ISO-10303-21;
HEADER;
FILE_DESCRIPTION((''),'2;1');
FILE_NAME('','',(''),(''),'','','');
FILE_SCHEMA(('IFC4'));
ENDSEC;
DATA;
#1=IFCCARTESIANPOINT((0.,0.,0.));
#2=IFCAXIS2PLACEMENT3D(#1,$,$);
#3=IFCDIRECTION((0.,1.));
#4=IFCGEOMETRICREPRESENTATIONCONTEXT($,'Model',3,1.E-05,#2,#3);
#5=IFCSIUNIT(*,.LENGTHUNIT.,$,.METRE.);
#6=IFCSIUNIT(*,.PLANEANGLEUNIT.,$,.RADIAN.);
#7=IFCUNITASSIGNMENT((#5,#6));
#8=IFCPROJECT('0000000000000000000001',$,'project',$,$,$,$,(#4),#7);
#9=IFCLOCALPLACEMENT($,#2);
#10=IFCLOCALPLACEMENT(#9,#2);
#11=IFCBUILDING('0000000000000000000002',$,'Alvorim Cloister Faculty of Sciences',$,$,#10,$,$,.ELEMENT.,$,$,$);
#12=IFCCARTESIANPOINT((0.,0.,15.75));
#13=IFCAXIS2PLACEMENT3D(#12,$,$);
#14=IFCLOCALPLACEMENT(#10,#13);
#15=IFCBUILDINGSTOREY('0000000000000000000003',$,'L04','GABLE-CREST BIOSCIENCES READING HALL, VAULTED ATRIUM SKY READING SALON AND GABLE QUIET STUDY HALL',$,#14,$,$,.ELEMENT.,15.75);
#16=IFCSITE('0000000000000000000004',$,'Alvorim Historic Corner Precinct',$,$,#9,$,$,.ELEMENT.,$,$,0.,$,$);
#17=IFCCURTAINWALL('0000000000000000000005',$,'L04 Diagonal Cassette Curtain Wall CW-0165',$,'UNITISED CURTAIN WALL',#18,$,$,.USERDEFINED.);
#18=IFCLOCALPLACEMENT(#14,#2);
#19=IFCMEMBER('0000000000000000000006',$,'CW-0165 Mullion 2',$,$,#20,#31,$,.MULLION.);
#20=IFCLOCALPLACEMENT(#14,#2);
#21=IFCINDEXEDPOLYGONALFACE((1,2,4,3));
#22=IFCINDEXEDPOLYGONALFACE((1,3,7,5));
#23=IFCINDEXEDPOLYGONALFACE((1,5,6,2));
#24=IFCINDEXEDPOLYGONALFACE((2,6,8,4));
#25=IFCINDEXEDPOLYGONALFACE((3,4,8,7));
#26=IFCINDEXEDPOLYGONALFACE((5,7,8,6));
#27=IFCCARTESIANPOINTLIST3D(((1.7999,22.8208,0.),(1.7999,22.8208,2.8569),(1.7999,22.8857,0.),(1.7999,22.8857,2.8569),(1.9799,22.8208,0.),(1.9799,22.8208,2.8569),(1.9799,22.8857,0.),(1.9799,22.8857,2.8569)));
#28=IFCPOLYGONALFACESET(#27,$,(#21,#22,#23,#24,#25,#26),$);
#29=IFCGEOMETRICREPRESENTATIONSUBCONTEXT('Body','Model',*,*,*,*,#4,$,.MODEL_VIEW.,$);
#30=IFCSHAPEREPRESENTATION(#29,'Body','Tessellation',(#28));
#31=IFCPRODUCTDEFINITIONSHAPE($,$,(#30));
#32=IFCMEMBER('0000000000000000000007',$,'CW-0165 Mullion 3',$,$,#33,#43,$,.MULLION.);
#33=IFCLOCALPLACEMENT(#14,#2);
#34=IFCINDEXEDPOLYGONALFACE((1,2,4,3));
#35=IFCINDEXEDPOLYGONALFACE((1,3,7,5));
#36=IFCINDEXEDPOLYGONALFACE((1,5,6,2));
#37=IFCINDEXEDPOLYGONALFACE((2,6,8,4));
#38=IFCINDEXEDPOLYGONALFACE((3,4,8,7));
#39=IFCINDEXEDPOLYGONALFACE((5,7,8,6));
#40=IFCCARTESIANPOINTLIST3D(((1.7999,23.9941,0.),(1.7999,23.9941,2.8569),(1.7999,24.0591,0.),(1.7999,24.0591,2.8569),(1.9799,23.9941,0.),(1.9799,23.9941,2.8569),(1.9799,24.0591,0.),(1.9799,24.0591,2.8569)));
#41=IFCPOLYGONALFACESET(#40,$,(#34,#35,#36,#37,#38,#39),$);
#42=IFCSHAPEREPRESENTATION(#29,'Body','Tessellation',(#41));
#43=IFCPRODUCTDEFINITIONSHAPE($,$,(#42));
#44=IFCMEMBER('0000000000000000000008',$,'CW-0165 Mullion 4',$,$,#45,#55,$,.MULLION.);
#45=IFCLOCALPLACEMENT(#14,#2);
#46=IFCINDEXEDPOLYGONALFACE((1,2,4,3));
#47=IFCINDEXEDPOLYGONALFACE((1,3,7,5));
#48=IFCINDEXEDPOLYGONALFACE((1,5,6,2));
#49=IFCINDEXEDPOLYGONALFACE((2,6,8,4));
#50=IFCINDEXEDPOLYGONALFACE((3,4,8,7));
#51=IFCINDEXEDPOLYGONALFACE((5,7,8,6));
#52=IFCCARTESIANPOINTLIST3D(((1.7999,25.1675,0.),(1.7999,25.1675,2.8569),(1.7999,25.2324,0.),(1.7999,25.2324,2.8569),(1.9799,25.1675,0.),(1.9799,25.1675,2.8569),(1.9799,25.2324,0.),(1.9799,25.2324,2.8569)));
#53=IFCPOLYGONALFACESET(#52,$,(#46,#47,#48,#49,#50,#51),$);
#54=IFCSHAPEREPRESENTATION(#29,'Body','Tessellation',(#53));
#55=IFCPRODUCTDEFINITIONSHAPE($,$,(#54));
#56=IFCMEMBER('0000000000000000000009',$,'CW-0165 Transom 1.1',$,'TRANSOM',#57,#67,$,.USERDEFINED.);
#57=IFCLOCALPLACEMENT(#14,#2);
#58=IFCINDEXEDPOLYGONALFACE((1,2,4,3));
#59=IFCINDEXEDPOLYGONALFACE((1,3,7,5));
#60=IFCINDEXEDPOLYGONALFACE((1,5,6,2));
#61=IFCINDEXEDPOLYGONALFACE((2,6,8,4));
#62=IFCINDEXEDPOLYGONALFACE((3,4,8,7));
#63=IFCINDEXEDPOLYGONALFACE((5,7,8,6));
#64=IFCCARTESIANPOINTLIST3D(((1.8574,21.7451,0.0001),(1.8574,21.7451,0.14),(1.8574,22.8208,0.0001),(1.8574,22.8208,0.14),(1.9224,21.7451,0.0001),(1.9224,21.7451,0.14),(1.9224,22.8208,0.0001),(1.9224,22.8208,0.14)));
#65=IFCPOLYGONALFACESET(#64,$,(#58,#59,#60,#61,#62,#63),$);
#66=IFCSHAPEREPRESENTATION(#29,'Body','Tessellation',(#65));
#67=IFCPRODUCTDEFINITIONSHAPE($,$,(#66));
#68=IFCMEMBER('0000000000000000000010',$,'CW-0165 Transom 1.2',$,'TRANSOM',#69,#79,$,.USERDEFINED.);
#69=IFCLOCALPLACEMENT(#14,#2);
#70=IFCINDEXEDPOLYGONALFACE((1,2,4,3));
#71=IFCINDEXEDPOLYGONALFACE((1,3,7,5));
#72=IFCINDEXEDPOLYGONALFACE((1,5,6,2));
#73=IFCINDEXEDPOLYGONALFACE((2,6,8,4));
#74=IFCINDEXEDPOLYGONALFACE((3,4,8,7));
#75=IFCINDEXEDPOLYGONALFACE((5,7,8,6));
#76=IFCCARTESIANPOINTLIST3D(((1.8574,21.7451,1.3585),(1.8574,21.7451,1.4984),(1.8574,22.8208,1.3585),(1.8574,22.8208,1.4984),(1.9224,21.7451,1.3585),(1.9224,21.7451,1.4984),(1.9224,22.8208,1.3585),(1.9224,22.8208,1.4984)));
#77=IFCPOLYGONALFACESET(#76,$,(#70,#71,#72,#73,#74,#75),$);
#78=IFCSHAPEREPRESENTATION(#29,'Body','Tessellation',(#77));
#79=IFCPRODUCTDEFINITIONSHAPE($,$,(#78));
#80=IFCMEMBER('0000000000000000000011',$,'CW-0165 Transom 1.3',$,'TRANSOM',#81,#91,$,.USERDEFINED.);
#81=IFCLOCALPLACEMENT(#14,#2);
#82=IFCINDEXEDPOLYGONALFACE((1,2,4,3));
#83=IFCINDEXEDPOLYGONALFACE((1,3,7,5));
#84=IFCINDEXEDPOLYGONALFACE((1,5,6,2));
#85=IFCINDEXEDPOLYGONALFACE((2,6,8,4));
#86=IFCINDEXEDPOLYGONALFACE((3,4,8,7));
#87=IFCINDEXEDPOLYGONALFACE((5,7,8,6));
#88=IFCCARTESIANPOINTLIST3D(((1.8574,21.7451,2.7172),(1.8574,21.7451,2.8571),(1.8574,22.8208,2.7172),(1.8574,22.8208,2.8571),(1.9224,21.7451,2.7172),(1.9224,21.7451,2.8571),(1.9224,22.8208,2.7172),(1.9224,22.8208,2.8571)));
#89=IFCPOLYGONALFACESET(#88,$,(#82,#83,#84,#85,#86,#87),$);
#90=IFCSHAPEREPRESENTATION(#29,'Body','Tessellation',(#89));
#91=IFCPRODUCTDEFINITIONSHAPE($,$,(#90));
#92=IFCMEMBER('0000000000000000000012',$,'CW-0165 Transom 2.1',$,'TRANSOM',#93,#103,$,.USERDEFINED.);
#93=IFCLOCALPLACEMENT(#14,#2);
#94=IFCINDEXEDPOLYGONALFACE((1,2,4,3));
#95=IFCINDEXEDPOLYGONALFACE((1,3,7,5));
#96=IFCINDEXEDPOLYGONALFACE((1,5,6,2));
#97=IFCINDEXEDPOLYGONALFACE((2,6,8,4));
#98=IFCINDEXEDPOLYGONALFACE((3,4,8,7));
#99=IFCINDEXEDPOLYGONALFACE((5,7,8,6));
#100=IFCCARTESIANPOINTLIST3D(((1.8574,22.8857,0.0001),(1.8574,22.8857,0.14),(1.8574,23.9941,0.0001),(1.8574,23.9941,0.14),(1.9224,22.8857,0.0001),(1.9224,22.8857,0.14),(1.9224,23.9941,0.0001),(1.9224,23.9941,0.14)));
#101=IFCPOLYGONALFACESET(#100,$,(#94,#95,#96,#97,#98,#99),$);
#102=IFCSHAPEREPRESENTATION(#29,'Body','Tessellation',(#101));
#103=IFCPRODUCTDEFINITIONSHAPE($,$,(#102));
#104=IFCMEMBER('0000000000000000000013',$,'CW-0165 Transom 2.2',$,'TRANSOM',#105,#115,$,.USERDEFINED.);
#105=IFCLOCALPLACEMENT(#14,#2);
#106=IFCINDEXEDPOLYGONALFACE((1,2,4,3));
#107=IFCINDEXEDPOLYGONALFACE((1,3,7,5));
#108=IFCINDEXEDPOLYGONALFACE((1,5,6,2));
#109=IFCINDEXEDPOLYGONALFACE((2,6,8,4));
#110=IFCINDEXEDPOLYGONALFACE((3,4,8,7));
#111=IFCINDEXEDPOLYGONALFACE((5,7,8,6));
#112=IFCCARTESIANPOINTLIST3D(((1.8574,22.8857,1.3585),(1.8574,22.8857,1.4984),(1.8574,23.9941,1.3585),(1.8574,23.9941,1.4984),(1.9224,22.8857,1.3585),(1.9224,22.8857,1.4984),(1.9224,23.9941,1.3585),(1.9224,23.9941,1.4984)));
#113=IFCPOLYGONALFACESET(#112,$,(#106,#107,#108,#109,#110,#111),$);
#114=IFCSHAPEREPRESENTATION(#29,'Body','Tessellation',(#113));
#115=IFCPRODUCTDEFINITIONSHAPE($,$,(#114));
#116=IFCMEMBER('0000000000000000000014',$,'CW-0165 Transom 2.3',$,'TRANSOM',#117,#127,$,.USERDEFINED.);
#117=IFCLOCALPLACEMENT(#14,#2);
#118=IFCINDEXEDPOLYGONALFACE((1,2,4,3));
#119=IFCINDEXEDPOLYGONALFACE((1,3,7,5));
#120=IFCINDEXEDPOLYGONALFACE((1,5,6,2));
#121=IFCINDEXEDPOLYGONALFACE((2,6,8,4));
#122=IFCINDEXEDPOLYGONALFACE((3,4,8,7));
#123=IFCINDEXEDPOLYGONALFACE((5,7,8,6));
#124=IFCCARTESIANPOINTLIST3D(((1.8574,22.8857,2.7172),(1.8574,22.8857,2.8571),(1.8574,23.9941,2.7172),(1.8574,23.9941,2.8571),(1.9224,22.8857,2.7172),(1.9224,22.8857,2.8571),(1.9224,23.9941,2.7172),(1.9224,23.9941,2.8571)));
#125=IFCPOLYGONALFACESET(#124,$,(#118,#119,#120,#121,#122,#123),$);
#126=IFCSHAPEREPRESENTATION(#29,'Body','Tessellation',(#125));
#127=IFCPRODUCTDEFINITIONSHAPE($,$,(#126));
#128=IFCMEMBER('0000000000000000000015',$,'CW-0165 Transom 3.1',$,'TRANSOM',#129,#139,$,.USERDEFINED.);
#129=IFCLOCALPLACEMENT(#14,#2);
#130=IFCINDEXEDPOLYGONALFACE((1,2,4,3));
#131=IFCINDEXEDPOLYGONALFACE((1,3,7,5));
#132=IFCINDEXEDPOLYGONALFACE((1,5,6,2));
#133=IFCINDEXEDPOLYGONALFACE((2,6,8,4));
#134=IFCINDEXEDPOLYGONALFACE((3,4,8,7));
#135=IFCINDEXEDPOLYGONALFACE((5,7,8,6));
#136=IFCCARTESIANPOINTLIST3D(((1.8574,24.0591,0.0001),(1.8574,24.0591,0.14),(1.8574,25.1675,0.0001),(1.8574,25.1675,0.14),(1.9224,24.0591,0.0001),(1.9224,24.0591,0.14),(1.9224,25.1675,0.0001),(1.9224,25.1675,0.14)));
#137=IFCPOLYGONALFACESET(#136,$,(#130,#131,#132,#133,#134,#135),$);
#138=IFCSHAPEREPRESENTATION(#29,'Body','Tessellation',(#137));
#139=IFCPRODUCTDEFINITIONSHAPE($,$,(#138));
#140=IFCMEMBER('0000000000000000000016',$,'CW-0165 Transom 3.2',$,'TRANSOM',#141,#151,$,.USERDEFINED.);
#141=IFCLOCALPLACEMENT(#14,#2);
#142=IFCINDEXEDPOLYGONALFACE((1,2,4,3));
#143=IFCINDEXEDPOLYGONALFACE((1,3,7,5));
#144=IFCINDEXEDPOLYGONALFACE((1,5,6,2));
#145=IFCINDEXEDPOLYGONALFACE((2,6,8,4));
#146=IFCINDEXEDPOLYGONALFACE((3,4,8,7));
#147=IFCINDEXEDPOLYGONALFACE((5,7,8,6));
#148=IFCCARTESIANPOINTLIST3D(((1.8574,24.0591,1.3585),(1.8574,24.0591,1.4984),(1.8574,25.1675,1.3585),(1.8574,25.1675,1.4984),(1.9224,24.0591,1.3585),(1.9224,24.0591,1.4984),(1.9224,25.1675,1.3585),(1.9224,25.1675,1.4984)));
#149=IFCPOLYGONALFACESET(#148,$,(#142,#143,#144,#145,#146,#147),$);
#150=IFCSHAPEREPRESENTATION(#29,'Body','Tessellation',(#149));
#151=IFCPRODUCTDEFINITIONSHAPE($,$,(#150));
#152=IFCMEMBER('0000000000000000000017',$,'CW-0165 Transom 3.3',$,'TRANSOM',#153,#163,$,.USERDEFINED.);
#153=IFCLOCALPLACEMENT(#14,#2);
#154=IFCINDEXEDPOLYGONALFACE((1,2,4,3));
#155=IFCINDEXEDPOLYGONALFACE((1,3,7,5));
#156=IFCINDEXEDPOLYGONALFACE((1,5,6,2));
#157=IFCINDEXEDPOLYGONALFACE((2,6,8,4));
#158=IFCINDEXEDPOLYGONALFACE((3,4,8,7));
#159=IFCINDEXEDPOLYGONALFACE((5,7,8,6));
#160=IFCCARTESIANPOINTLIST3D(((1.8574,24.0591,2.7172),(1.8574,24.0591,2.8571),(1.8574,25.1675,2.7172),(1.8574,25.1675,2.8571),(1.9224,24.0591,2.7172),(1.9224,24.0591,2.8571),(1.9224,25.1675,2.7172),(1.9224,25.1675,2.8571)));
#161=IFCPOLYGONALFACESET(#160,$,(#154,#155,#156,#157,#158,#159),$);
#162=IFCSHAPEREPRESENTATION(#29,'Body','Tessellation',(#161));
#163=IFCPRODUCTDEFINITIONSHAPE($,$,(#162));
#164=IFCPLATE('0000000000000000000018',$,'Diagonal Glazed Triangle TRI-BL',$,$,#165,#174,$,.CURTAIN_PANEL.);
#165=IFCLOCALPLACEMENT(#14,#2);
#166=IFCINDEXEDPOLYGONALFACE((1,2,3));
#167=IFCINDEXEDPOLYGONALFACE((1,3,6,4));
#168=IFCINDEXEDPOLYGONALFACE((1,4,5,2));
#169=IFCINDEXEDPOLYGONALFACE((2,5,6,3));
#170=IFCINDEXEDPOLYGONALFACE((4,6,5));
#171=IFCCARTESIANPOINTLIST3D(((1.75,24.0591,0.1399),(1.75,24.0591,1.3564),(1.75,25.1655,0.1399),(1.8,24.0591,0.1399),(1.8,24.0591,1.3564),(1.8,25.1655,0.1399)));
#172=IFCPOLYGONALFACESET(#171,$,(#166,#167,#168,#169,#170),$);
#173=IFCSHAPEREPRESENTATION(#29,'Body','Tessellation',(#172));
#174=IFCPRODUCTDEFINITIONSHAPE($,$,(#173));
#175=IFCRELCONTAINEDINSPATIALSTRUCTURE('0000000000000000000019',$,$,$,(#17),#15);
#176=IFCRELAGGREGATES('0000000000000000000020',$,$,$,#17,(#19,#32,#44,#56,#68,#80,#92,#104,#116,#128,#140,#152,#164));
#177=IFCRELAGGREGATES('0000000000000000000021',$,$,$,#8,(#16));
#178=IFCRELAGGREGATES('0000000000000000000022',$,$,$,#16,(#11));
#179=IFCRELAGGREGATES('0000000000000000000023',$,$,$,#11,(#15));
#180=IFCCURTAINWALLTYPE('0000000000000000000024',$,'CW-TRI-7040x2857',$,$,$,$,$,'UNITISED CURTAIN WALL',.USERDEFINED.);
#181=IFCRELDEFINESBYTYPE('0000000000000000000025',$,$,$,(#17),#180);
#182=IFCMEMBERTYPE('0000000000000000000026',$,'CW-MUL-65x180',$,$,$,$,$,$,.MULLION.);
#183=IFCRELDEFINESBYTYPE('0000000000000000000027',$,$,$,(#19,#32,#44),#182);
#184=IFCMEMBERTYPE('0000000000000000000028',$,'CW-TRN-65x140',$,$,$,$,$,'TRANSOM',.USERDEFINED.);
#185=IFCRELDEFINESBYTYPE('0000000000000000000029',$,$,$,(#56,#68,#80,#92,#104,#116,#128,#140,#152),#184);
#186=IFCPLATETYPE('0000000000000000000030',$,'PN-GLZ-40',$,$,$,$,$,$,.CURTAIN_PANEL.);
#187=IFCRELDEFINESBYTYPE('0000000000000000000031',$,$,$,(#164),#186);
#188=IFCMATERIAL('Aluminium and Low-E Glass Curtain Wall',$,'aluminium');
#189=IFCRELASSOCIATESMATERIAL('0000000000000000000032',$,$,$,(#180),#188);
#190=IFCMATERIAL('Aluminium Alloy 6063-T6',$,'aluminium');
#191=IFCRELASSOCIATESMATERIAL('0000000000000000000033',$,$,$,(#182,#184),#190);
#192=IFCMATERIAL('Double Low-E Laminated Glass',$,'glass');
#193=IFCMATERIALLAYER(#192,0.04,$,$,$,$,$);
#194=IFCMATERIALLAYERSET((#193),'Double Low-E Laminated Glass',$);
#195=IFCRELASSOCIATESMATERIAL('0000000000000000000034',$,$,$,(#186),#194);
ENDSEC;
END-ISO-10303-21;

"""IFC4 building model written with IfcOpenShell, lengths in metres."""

from ifc_helpers import new_model, si_unit, direction, frame, origin, origin_2d, place, context, subcontext, project, spatial, polyline, rectangle, outline, extrude, material, layer, layer_set, material_profile, profile_set, type_object, element, aggregate, save


model = new_model("IFC4")

# Units and contexts
model_context = context("Model", 3, precision=1e-05, world=origin(), true_north=direction((0.0, 1.0)))
body_context = subcontext(model_context, "Body", "Model", "MODEL_VIEW")
ifc_project = project(units=[si_unit("LENGTHUNIT", "METRE"), si_unit("PLANEANGLEUNIT", "RADIAN")], contexts=[model_context])

# Site, building, storey
site_placement = place(None, origin())
site = spatial("IfcSite", under=ifc_project, at=site_placement, Name="Alvorim Historic Corner Precinct", CompositionType="ELEMENT", RefElevation=0.0)
building_placement = place(site_placement, origin())
building = spatial("IfcBuilding", under=site, at=building_placement, Name="Alvorim Cloister Faculty of Sciences", CompositionType="ELEMENT")
storey_placement = place(building_placement, frame((0.0, 0.0, 15.75)))
storey = spatial("IfcBuildingStorey", under=building, at=storey_placement, Name="L04", Description="GABLE-CREST BIOSCIENCES READING HALL, VAULTED ATRIUM SKY READING SALON AND GABLE QUIET STUDY HALL", CompositionType="ELEMENT", Elevation=15.75)

# Curtain wall, members, plate
ifc_material_1 = material(Name="Aluminium and Low-E Glass Curtain Wall", Category="aluminium")
curtain_wall_type = type_object("IfcCurtainWallType", Name="CW-TRI-7040x2857", ElementType="UNITISED CURTAIN WALL", PredefinedType="USERDEFINED", material=ifc_material_1)
curtain_wall_placement = place(storey_placement, origin())
curtain_wall = element("IfcCurtainWall", 1, at=curtain_wall_placement, inside=storey, type_object=curtain_wall_type, Name="L04 Diagonal Cassette Curtain Wall CW-0165", ObjectType="UNITISED CURTAIN WALL", PredefinedType="USERDEFINED")
ifc_material_2 = material(Name="Aluminium Alloy 6063-T6", Category="aluminium")
ifc_material_profile_1 = material_profile(ifc_material_2, rectangle(XDim=0.0649, YDim=0.1799, at=origin_2d()), Name="ALU-MUL-65x180")
ifc_profile_set_1 = profile_set([ifc_material_profile_1], Name="Aluminium Alloy 6063-T6")
member_type_1 = type_object("IfcMemberType", Name="CW-MUL-65x180", PredefinedType="MULLION", material=ifc_profile_set_1)
member_1_placement = place(storey_placement, frame((1.8899, 22.8533, 0.0), z_axis=(0.0, 0.0, 1.0), x_axis=(0.0, 1.0, 0.0)))
member_1 = element("IfcMember", 2, at=member_1_placement, type_object=member_type_1, Name="CW-0165 Mullion 2", PredefinedType="MULLION", context=body_context, shape_type="SweptSolid", body=[
    extrude(rectangle(XDim=0.0649, YDim=0.1799, at=origin_2d()), origin(), (0.0, 0.0, 1.0), 2.8569),
])
member_2_placement = place(storey_placement, frame((1.8899, 24.0266, 0.0), z_axis=(0.0, 0.0, 1.0), x_axis=(0.0, 1.0, 0.0)))
member_2 = element("IfcMember", 3, at=member_2_placement, type_object=member_type_1, Name="CW-0165 Mullion 3", PredefinedType="MULLION", context=body_context, shape_type="SweptSolid", body=[
    extrude(rectangle(XDim=0.0649, YDim=0.1799, at=origin_2d()), origin(), (0.0, 0.0, 1.0), 2.8569),
])
member_3_placement = place(storey_placement, frame((1.8899, 25.2, 0.0), z_axis=(0.0, 0.0, 1.0), x_axis=(0.0, 1.0, 0.0)))
member_3 = element("IfcMember", 4, at=member_3_placement, type_object=member_type_1, Name="CW-0165 Mullion 4", PredefinedType="MULLION", context=body_context, shape_type="SweptSolid", body=[
    extrude(rectangle(XDim=0.0649, YDim=0.1799, at=origin_2d()), origin(), (0.0, 0.0, 1.0), 2.8569),
])
ifc_material_profile_2 = material_profile(ifc_material_2, rectangle(XDim=0.0649, YDim=0.1399, at=origin_2d()), Name="ALU-TRN-65x140")
ifc_profile_set_2 = profile_set([ifc_material_profile_2], Name="Aluminium Alloy 6063-T6")
member_type_2 = type_object("IfcMemberType", Name="CW-TRN-65x140", ElementType="TRANSOM", PredefinedType="USERDEFINED", material=ifc_profile_set_2)
member_4_placement = place(storey_placement, frame((1.8899, 21.7451, 0.0701), z_axis=(0.0, 1.0, 0.0), x_axis=(-1.0, 0.0, 0.0)))
member_4 = element("IfcMember", 5, at=member_4_placement, type_object=member_type_2, Name="CW-0165 Transom 1.1", ObjectType="TRANSOM", PredefinedType="USERDEFINED", context=body_context, shape_type="SweptSolid", body=[
    extrude(rectangle(XDim=0.0649, YDim=0.1399, at=origin_2d()), origin(), (0.0, 0.0, 1.0), 1.0757),
])
member_5_placement = place(storey_placement, frame((1.8899, 21.7451, 1.4285), z_axis=(0.0, 1.0, 0.0), x_axis=(-1.0, 0.0, 0.0)))
member_5 = element("IfcMember", 6, at=member_5_placement, type_object=member_type_2, Name="CW-0165 Transom 1.2", ObjectType="TRANSOM", PredefinedType="USERDEFINED", context=body_context, shape_type="SweptSolid", body=[
    extrude(rectangle(XDim=0.0649, YDim=0.1399, at=origin_2d()), origin(), (0.0, 0.0, 1.0), 1.0757),
])
member_6_placement = place(storey_placement, frame((1.8899, 21.7451, 2.7871), z_axis=(0.0, 1.0, 0.0), x_axis=(-1.0, 0.0, 0.0)))
member_6 = element("IfcMember", 7, at=member_6_placement, type_object=member_type_2, Name="CW-0165 Transom 1.3", ObjectType="TRANSOM", PredefinedType="USERDEFINED", context=body_context, shape_type="SweptSolid", body=[
    extrude(rectangle(XDim=0.0649, YDim=0.1399, at=origin_2d()), origin(), (0.0, 0.0, 1.0), 1.0757),
])
member_7_placement = place(storey_placement, frame((1.8899, 22.8857, 0.0701), z_axis=(0.0, 1.0, 0.0), x_axis=(-1.0, 0.0, 0.0)))
member_7 = element("IfcMember", 8, at=member_7_placement, type_object=member_type_2, Name="CW-0165 Transom 2.1", ObjectType="TRANSOM", PredefinedType="USERDEFINED", context=body_context, shape_type="SweptSolid", body=[
    extrude(rectangle(XDim=0.0649, YDim=0.1399, at=origin_2d()), origin(), (0.0, 0.0, 1.0), 1.1084),
])
member_8_placement = place(storey_placement, frame((1.8899, 22.8857, 1.4285), z_axis=(0.0, 1.0, 0.0), x_axis=(-1.0, 0.0, 0.0)))
member_8 = element("IfcMember", 9, at=member_8_placement, type_object=member_type_2, Name="CW-0165 Transom 2.2", ObjectType="TRANSOM", PredefinedType="USERDEFINED", context=body_context, shape_type="SweptSolid", body=[
    extrude(rectangle(XDim=0.0649, YDim=0.1399, at=origin_2d()), origin(), (0.0, 0.0, 1.0), 1.1084),
])
member_9_placement = place(storey_placement, frame((1.8899, 22.8857, 2.7871), z_axis=(0.0, 1.0, 0.0), x_axis=(-1.0, 0.0, 0.0)))
member_9 = element("IfcMember", 10, at=member_9_placement, type_object=member_type_2, Name="CW-0165 Transom 2.3", ObjectType="TRANSOM", PredefinedType="USERDEFINED", context=body_context, shape_type="SweptSolid", body=[
    extrude(rectangle(XDim=0.0649, YDim=0.1399, at=origin_2d()), origin(), (0.0, 0.0, 1.0), 1.1084),
])
member_10_placement = place(storey_placement, frame((1.8899, 24.0591, 0.0701), z_axis=(0.0, 1.0, 0.0), x_axis=(-1.0, 0.0, 0.0)))
member_10 = element("IfcMember", 11, at=member_10_placement, type_object=member_type_2, Name="CW-0165 Transom 3.1", ObjectType="TRANSOM", PredefinedType="USERDEFINED", context=body_context, shape_type="SweptSolid", body=[
    extrude(rectangle(XDim=0.0649, YDim=0.1399, at=origin_2d()), origin(), (0.0, 0.0, 1.0), 1.1084),
])
member_11_placement = place(storey_placement, frame((1.8899, 24.0591, 1.4285), z_axis=(0.0, 1.0, 0.0), x_axis=(-1.0, 0.0, 0.0)))
member_11 = element("IfcMember", 12, at=member_11_placement, type_object=member_type_2, Name="CW-0165 Transom 3.2", ObjectType="TRANSOM", PredefinedType="USERDEFINED", context=body_context, shape_type="SweptSolid", body=[
    extrude(rectangle(XDim=0.0649, YDim=0.1399, at=origin_2d()), origin(), (0.0, 0.0, 1.0), 1.1084),
])
member_12_placement = place(storey_placement, frame((1.8899, 24.0591, 2.7871), z_axis=(0.0, 1.0, 0.0), x_axis=(-1.0, 0.0, 0.0)))
member_12 = element("IfcMember", 13, at=member_12_placement, type_object=member_type_2, Name="CW-0165 Transom 3.3", ObjectType="TRANSOM", PredefinedType="USERDEFINED", context=body_context, shape_type="SweptSolid", body=[
    extrude(rectangle(XDim=0.0649, YDim=0.1399, at=origin_2d()), origin(), (0.0, 0.0, 1.0), 1.1084),
])
ifc_material_3 = material(Name="Double Low-E Laminated Glass", Category="glass")
ifc_layer_1 = layer(ifc_material_3, 0.04)
ifc_layer_set_1 = layer_set([ifc_layer_1], Name="Double Low-E Laminated Glass")
plate_type = type_object("IfcPlateType", Name="PN-GLZ-40", PredefinedType="CURTAIN_PANEL", material=ifc_layer_set_1)
plate_1_placement = place(storey_placement, frame((1.7749, 24.0591, 0.1399), z_axis=(0.0, 0.0, 1.0), x_axis=(0.0, 1.0, 0.0)))
plate_1 = element("IfcPlate", 14, at=plate_1_placement, type_object=plate_type, Name="Diagonal Glazed Triangle TRI-BL", PredefinedType="CURTAIN_PANEL", context=body_context, shape_type="SweptSolid", body=[
    extrude(outline(polyline([(0.0, 0.0), (1.1064, 0.0), (0.0, 1.2166), (0.0, 0.0)])), frame((0.0, 0.0249, 0.0), z_axis=(0.0, -1.0, 0.0), x_axis=(1.0, 0.0, 0.0)), (0.0, 0.0, 1.0), 0.05),
])
aggregate(curtain_wall, [member_1, member_2, member_3, member_4, member_5, member_6, member_7, member_8, member_9, member_10, member_11, member_12, plate_1])

save(model, "model.ifc")
